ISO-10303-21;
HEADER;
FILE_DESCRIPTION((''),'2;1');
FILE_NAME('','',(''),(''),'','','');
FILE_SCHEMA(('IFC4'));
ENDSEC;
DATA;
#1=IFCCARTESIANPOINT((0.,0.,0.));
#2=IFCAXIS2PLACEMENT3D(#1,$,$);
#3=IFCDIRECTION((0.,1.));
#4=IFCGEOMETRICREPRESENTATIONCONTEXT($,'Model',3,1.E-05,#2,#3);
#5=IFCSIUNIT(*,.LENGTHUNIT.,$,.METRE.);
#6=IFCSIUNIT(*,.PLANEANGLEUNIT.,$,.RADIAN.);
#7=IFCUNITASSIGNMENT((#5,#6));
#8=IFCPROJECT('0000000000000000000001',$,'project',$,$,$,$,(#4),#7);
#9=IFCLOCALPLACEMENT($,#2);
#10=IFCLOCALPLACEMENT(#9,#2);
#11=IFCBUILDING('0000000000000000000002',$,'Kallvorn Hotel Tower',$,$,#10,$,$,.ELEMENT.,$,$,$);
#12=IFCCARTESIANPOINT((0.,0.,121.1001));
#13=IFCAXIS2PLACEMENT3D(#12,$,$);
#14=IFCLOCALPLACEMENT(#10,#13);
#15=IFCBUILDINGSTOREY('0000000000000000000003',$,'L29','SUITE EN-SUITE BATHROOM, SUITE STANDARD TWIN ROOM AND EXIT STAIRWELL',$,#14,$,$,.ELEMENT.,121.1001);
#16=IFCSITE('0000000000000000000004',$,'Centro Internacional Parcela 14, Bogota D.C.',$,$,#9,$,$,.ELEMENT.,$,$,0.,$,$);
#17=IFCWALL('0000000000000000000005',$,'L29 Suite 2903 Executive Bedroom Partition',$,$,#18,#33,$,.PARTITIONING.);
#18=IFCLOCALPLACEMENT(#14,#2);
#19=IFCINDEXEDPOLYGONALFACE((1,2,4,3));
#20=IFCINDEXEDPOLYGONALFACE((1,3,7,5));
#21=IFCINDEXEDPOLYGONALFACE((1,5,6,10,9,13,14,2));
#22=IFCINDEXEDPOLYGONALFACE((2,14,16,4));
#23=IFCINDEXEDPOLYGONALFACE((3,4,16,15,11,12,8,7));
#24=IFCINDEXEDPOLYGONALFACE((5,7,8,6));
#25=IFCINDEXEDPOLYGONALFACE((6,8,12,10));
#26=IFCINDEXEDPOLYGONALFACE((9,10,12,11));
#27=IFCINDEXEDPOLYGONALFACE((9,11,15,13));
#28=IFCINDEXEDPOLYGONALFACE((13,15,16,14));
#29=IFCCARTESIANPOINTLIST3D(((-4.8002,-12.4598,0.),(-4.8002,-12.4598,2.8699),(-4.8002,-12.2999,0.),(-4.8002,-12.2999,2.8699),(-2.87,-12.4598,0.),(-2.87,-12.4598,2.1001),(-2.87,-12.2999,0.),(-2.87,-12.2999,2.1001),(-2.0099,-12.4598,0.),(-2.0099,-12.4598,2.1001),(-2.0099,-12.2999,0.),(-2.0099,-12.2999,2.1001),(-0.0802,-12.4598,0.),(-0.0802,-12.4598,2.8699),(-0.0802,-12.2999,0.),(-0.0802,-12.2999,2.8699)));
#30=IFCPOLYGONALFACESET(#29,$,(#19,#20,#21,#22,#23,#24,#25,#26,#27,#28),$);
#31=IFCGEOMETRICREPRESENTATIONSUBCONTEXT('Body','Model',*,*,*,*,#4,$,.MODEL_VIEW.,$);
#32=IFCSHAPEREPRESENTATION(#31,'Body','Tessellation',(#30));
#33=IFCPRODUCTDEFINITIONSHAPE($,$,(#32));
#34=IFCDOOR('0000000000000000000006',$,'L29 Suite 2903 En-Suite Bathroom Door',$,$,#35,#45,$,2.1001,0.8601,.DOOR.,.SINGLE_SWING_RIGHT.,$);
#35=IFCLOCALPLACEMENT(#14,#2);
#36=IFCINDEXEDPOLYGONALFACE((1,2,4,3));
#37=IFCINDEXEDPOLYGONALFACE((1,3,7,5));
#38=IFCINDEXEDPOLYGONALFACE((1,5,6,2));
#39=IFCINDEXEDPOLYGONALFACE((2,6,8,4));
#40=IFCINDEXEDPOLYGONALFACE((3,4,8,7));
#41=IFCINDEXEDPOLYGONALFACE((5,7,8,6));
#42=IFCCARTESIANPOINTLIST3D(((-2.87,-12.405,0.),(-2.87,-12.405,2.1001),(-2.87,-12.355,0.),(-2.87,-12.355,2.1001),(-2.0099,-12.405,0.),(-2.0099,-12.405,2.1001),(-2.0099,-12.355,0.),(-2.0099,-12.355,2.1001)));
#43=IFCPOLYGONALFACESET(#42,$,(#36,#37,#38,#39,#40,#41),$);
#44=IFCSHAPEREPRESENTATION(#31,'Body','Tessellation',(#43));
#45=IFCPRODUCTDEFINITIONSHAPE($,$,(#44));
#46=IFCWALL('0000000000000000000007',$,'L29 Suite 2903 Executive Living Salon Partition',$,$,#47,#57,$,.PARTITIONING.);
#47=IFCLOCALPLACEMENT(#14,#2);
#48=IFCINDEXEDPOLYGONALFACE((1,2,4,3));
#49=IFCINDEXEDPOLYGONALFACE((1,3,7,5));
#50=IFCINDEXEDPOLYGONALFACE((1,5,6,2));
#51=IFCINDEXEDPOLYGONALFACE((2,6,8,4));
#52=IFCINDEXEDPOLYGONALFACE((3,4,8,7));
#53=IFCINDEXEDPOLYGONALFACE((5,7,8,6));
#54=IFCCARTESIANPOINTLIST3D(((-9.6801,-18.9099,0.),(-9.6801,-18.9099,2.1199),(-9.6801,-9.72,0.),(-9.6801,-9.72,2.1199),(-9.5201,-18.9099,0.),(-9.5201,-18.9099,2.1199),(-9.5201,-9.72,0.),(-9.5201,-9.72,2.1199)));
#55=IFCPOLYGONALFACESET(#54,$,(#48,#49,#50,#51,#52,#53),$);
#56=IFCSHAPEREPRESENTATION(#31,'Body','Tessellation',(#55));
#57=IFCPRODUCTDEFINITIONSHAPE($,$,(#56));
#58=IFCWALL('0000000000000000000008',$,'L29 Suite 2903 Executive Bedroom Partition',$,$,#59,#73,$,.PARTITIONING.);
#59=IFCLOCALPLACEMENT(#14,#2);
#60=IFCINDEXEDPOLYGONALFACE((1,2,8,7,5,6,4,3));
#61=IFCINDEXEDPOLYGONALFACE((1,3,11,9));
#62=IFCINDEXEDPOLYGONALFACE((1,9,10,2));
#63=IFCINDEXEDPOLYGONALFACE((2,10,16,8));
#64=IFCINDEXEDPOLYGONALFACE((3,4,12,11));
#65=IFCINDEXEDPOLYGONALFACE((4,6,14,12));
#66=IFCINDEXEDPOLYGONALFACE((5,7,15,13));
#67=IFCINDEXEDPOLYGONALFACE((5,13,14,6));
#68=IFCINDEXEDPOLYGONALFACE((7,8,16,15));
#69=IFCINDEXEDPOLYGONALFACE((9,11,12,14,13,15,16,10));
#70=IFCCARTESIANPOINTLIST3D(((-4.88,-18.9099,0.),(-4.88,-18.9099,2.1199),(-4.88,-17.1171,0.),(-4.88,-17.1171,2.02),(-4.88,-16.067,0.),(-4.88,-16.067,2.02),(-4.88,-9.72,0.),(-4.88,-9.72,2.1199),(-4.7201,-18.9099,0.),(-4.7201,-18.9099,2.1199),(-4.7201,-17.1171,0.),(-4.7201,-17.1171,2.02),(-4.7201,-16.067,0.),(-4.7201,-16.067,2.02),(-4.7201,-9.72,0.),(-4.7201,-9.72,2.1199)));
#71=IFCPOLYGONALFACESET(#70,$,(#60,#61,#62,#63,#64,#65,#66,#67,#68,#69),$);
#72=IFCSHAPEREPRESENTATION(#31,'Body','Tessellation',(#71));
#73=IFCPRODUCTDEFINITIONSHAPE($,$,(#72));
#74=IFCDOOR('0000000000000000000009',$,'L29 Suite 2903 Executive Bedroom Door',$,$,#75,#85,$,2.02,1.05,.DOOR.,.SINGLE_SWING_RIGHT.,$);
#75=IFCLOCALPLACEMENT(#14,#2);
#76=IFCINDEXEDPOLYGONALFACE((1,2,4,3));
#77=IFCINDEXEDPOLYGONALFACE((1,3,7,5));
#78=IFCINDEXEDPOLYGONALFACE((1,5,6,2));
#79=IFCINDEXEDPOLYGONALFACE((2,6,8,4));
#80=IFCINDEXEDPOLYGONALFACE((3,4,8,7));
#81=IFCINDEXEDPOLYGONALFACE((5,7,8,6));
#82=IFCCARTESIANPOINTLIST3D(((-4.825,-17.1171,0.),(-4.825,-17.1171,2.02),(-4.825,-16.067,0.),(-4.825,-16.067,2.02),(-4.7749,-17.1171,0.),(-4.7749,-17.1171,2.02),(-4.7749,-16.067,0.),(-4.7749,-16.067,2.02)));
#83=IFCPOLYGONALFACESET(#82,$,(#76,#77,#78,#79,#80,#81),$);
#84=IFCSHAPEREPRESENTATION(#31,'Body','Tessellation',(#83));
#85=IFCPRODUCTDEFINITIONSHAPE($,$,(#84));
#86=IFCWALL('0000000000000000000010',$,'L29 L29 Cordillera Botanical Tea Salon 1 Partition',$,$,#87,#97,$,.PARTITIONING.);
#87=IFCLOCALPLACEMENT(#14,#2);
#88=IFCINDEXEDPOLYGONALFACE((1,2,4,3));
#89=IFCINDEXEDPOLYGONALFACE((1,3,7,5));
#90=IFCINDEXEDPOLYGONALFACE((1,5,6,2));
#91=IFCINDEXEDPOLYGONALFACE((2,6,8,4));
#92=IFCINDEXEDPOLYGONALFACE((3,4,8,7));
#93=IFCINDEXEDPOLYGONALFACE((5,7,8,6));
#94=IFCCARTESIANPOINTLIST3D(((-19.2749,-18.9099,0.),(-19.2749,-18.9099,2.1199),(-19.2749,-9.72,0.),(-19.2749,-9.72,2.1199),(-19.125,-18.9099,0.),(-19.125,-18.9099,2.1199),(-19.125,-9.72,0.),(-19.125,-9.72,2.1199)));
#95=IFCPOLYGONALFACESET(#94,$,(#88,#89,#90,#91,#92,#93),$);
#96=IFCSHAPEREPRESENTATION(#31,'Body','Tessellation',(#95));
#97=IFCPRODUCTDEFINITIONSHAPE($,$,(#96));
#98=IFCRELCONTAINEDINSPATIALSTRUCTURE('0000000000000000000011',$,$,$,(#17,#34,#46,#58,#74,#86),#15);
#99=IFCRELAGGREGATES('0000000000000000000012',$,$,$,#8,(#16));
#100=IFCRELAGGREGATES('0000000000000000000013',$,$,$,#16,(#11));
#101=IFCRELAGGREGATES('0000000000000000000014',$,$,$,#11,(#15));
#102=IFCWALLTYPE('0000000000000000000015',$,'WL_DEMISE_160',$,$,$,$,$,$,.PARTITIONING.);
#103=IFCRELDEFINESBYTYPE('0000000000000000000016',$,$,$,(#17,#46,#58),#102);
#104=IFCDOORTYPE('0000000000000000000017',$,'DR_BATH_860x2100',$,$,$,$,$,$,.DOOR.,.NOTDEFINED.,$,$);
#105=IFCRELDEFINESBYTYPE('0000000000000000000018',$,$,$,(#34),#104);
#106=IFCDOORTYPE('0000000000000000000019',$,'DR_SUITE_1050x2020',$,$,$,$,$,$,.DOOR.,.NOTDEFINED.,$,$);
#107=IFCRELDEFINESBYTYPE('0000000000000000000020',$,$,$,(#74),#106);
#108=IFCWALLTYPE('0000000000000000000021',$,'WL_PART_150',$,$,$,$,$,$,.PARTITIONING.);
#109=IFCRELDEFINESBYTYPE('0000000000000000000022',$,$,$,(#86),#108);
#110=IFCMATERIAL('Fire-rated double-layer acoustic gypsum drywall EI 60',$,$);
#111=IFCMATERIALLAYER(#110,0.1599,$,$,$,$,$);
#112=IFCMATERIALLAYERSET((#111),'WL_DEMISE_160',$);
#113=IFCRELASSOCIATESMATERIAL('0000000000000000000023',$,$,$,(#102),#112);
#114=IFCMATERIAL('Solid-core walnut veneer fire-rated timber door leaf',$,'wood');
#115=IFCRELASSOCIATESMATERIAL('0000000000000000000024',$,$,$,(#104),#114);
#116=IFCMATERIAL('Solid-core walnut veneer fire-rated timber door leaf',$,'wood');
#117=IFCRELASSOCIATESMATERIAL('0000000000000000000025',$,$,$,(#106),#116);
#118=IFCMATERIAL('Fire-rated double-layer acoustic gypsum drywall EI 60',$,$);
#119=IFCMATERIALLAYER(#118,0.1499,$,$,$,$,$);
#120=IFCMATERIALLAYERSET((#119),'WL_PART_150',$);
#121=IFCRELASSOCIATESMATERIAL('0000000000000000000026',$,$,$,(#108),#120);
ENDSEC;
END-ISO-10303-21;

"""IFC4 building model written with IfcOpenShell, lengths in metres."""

from ifc_helpers import new_model, si_unit, direction, frame, frame_2d, origin, place, context, subcontext, project, spatial, rectangle, extrude, material, layer, layer_set, type_object, element, fill, save


model = new_model("IFC4")

# Units and contexts
model_context = context("Model", 3, precision=1e-05, world=origin(), true_north=direction((0.0, 1.0)))
body_context = subcontext(model_context, "Body", "Model", "MODEL_VIEW")
ifc_project = project(units=[si_unit("LENGTHUNIT", "METRE"), si_unit("PLANEANGLEUNIT", "RADIAN")], contexts=[model_context])

# Site, building, storey
site_placement = place(None, origin())
site = spatial("IfcSite", under=ifc_project, at=site_placement, Name="Centro Internacional Parcela 14, Bogota D.C.", CompositionType="ELEMENT", RefElevation=0.0)
building_placement = place(site_placement, origin())
building = spatial("IfcBuilding", under=site, at=building_placement, Name="Kallvorn Hotel Tower", CompositionType="ELEMENT")
storey_placement = place(building_placement, frame((0.0, 0.0, 121.1001)))
storey = spatial("IfcBuildingStorey", under=building, at=storey_placement, Name="L29", Description="SUITE EN-SUITE BATHROOM, SUITE STANDARD TWIN ROOM AND EXIT STAIRWELL", CompositionType="ELEMENT", Elevation=121.1001)

# Wall, opening, door
ifc_material_1 = material(Name="Fire-rated double-layer acoustic gypsum drywall EI 60")
ifc_layer_1 = layer(ifc_material_1, 0.1599)
ifc_layer_set_1 = layer_set([ifc_layer_1], Name="WL_DEMISE_160")
wall_type_1 = type_object("IfcWallType", Name="WL_DEMISE_160", PredefinedType="PARTITIONING", material=ifc_layer_set_1)
wall_1_placement = place(storey_placement, frame((-4.8, -12.3799, 0.0), z_axis=(0.0, 0.0, 1.0), x_axis=(1.0, 0.0, 0.0)))
wall_1 = element("IfcWall", 1, at=wall_1_placement, inside=storey, type_object=wall_type_1, Name="L29 Suite 2903 Executive Bedroom Partition", PredefinedType="PARTITIONING", context=body_context, shape_type="SweptSolid", body=[
    extrude(rectangle(XDim=4.72, YDim=0.1599, at=frame_2d((2.3599, 0.0))), origin(), (0.0, 0.0, 1.0), 2.8699),
])
opening_1_placement = place(wall_1_placement, frame((1.9299, 0.0, 0.0)))
opening_1 = element("IfcOpeningElement", 2, at=opening_1_placement, cuts=wall_1, PredefinedType="OPENING", context=body_context, shape_type="SweptSolid", body=[
    extrude(rectangle(XDim=0.8601, YDim=2.1001, at=frame_2d((0.4302, 1.05))), frame((0.0, 0.095, 0.0), z_axis=(0.0, -1.0, 0.0), x_axis=(1.0, 0.0, 0.0)), (0.0, 0.0, 1.0), 0.1899),
])
ifc_material_2 = material(Name="Solid-core walnut veneer fire-rated timber door leaf", Category="wood")
door_type_1 = type_object("IfcDoorType", Name="DR_BATH_860x2100", OperationType="NOTDEFINED", PredefinedType="DOOR", material=ifc_material_2)
door_1_placement = place(opening_1_placement, origin())
door_1 = element("IfcDoor", 3, at=door_1_placement, inside=storey, type_object=door_type_1, Name="L29 Suite 2903 En-Suite Bathroom Door", OperationType="SINGLE_SWING_RIGHT", OverallHeight=2.1001, OverallWidth=0.8601, PredefinedType="DOOR", context=body_context, shape_type="SweptSolid", body=[
    extrude(rectangle(XDim=0.8601, YDim=2.1001, at=frame_2d((0.4302, 1.05))), frame((0.0, 0.0249, 0.0), z_axis=(0.0, -1.0, 0.0), x_axis=(1.0, 0.0, 0.0)), (0.0, 0.0, 1.0), 0.05),
])
fill(opening_1, door_1)

# Wall
wall_2_placement = place(storey_placement, frame((-9.6001, -18.9099, 0.0), z_axis=(0.0, 0.0, 1.0), x_axis=(0.0, 1.0, 0.0)))
element("IfcWall", 4, at=wall_2_placement, inside=storey, type_object=wall_type_1, Name="L29 Suite 2903 Executive Living Salon Partition", PredefinedType="PARTITIONING", context=body_context, shape_type="SweptSolid", body=[
    extrude(rectangle(XDim=9.1899, YDim=0.1599, at=frame_2d((4.595, 0.0))), origin(), (0.0, 0.0, 1.0), 2.1199),
])

# Wall, opening, door
wall_3_placement = place(storey_placement, frame((-4.8, -18.9099, 0.0), z_axis=(0.0, 0.0, 1.0), x_axis=(0.0, 1.0, 0.0)))
wall_3 = element("IfcWall", 5, at=wall_3_placement, inside=storey, type_object=wall_type_1, Name="L29 Suite 2903 Executive Bedroom Partition", PredefinedType="PARTITIONING", context=body_context, shape_type="SweptSolid", body=[
    extrude(rectangle(XDim=9.1899, YDim=0.1599, at=frame_2d((4.595, 0.0))), origin(), (0.0, 0.0, 1.0), 2.1199),
])
opening_2_placement = place(wall_3_placement, frame((1.793, 0.0, 0.0)))
opening_2 = element("IfcOpeningElement", 6, at=opening_2_placement, cuts=wall_3, PredefinedType="OPENING", context=body_context, shape_type="SweptSolid", body=[
    extrude(rectangle(XDim=1.05, YDim=2.02, at=frame_2d((0.5249, 1.01))), frame((0.0, 0.095, 0.0), z_axis=(0.0, -1.0, 0.0), x_axis=(1.0, 0.0, 0.0)), (0.0, 0.0, 1.0), 0.1899),
])
ifc_material_3 = material(Name="Solid-core walnut veneer fire-rated timber door leaf", Category="wood")
door_type_2 = type_object("IfcDoorType", Name="DR_SUITE_1050x2020", OperationType="NOTDEFINED", PredefinedType="DOOR", material=ifc_material_3)
door_2_placement = place(opening_2_placement, origin())
door_2 = element("IfcDoor", 7, at=door_2_placement, inside=storey, type_object=door_type_2, Name="L29 Suite 2903 Executive Bedroom Door", OperationType="SINGLE_SWING_RIGHT", OverallHeight=2.02, OverallWidth=1.05, PredefinedType="DOOR", context=body_context, shape_type="SweptSolid", body=[
    extrude(rectangle(XDim=1.05, YDim=2.02, at=frame_2d((0.5249, 1.01))), frame((0.0, 0.0249, 0.0), z_axis=(0.0, -1.0, 0.0), x_axis=(1.0, 0.0, 0.0)), (0.0, 0.0, 1.0), 0.05),
])
fill(opening_2, door_2)

# Wall
ifc_material_4 = material(Name="Fire-rated double-layer acoustic gypsum drywall EI 60")
ifc_layer_2 = layer(ifc_material_4, 0.1499)
ifc_layer_set_2 = layer_set([ifc_layer_2], Name="WL_PART_150")
wall_type_2 = type_object("IfcWallType", Name="WL_PART_150", PredefinedType="PARTITIONING", material=ifc_layer_set_2)
wall_4_placement = place(storey_placement, frame((-19.2, -18.9099, 0.0), z_axis=(0.0, 0.0, 1.0), x_axis=(0.0, 1.0, 0.0)))
element("IfcWall", 8, at=wall_4_placement, inside=storey, type_object=wall_type_2, Name="L29 L29 Cordillera Botanical Tea Salon 1 Partition", PredefinedType="PARTITIONING", context=body_context, shape_type="SweptSolid", body=[
    extrude(rectangle(XDim=9.1899, YDim=0.1499, at=frame_2d((4.595, 0.0))), origin(), (0.0, 0.0, 1.0), 2.1199),
])

save(model, "model.ifc")
